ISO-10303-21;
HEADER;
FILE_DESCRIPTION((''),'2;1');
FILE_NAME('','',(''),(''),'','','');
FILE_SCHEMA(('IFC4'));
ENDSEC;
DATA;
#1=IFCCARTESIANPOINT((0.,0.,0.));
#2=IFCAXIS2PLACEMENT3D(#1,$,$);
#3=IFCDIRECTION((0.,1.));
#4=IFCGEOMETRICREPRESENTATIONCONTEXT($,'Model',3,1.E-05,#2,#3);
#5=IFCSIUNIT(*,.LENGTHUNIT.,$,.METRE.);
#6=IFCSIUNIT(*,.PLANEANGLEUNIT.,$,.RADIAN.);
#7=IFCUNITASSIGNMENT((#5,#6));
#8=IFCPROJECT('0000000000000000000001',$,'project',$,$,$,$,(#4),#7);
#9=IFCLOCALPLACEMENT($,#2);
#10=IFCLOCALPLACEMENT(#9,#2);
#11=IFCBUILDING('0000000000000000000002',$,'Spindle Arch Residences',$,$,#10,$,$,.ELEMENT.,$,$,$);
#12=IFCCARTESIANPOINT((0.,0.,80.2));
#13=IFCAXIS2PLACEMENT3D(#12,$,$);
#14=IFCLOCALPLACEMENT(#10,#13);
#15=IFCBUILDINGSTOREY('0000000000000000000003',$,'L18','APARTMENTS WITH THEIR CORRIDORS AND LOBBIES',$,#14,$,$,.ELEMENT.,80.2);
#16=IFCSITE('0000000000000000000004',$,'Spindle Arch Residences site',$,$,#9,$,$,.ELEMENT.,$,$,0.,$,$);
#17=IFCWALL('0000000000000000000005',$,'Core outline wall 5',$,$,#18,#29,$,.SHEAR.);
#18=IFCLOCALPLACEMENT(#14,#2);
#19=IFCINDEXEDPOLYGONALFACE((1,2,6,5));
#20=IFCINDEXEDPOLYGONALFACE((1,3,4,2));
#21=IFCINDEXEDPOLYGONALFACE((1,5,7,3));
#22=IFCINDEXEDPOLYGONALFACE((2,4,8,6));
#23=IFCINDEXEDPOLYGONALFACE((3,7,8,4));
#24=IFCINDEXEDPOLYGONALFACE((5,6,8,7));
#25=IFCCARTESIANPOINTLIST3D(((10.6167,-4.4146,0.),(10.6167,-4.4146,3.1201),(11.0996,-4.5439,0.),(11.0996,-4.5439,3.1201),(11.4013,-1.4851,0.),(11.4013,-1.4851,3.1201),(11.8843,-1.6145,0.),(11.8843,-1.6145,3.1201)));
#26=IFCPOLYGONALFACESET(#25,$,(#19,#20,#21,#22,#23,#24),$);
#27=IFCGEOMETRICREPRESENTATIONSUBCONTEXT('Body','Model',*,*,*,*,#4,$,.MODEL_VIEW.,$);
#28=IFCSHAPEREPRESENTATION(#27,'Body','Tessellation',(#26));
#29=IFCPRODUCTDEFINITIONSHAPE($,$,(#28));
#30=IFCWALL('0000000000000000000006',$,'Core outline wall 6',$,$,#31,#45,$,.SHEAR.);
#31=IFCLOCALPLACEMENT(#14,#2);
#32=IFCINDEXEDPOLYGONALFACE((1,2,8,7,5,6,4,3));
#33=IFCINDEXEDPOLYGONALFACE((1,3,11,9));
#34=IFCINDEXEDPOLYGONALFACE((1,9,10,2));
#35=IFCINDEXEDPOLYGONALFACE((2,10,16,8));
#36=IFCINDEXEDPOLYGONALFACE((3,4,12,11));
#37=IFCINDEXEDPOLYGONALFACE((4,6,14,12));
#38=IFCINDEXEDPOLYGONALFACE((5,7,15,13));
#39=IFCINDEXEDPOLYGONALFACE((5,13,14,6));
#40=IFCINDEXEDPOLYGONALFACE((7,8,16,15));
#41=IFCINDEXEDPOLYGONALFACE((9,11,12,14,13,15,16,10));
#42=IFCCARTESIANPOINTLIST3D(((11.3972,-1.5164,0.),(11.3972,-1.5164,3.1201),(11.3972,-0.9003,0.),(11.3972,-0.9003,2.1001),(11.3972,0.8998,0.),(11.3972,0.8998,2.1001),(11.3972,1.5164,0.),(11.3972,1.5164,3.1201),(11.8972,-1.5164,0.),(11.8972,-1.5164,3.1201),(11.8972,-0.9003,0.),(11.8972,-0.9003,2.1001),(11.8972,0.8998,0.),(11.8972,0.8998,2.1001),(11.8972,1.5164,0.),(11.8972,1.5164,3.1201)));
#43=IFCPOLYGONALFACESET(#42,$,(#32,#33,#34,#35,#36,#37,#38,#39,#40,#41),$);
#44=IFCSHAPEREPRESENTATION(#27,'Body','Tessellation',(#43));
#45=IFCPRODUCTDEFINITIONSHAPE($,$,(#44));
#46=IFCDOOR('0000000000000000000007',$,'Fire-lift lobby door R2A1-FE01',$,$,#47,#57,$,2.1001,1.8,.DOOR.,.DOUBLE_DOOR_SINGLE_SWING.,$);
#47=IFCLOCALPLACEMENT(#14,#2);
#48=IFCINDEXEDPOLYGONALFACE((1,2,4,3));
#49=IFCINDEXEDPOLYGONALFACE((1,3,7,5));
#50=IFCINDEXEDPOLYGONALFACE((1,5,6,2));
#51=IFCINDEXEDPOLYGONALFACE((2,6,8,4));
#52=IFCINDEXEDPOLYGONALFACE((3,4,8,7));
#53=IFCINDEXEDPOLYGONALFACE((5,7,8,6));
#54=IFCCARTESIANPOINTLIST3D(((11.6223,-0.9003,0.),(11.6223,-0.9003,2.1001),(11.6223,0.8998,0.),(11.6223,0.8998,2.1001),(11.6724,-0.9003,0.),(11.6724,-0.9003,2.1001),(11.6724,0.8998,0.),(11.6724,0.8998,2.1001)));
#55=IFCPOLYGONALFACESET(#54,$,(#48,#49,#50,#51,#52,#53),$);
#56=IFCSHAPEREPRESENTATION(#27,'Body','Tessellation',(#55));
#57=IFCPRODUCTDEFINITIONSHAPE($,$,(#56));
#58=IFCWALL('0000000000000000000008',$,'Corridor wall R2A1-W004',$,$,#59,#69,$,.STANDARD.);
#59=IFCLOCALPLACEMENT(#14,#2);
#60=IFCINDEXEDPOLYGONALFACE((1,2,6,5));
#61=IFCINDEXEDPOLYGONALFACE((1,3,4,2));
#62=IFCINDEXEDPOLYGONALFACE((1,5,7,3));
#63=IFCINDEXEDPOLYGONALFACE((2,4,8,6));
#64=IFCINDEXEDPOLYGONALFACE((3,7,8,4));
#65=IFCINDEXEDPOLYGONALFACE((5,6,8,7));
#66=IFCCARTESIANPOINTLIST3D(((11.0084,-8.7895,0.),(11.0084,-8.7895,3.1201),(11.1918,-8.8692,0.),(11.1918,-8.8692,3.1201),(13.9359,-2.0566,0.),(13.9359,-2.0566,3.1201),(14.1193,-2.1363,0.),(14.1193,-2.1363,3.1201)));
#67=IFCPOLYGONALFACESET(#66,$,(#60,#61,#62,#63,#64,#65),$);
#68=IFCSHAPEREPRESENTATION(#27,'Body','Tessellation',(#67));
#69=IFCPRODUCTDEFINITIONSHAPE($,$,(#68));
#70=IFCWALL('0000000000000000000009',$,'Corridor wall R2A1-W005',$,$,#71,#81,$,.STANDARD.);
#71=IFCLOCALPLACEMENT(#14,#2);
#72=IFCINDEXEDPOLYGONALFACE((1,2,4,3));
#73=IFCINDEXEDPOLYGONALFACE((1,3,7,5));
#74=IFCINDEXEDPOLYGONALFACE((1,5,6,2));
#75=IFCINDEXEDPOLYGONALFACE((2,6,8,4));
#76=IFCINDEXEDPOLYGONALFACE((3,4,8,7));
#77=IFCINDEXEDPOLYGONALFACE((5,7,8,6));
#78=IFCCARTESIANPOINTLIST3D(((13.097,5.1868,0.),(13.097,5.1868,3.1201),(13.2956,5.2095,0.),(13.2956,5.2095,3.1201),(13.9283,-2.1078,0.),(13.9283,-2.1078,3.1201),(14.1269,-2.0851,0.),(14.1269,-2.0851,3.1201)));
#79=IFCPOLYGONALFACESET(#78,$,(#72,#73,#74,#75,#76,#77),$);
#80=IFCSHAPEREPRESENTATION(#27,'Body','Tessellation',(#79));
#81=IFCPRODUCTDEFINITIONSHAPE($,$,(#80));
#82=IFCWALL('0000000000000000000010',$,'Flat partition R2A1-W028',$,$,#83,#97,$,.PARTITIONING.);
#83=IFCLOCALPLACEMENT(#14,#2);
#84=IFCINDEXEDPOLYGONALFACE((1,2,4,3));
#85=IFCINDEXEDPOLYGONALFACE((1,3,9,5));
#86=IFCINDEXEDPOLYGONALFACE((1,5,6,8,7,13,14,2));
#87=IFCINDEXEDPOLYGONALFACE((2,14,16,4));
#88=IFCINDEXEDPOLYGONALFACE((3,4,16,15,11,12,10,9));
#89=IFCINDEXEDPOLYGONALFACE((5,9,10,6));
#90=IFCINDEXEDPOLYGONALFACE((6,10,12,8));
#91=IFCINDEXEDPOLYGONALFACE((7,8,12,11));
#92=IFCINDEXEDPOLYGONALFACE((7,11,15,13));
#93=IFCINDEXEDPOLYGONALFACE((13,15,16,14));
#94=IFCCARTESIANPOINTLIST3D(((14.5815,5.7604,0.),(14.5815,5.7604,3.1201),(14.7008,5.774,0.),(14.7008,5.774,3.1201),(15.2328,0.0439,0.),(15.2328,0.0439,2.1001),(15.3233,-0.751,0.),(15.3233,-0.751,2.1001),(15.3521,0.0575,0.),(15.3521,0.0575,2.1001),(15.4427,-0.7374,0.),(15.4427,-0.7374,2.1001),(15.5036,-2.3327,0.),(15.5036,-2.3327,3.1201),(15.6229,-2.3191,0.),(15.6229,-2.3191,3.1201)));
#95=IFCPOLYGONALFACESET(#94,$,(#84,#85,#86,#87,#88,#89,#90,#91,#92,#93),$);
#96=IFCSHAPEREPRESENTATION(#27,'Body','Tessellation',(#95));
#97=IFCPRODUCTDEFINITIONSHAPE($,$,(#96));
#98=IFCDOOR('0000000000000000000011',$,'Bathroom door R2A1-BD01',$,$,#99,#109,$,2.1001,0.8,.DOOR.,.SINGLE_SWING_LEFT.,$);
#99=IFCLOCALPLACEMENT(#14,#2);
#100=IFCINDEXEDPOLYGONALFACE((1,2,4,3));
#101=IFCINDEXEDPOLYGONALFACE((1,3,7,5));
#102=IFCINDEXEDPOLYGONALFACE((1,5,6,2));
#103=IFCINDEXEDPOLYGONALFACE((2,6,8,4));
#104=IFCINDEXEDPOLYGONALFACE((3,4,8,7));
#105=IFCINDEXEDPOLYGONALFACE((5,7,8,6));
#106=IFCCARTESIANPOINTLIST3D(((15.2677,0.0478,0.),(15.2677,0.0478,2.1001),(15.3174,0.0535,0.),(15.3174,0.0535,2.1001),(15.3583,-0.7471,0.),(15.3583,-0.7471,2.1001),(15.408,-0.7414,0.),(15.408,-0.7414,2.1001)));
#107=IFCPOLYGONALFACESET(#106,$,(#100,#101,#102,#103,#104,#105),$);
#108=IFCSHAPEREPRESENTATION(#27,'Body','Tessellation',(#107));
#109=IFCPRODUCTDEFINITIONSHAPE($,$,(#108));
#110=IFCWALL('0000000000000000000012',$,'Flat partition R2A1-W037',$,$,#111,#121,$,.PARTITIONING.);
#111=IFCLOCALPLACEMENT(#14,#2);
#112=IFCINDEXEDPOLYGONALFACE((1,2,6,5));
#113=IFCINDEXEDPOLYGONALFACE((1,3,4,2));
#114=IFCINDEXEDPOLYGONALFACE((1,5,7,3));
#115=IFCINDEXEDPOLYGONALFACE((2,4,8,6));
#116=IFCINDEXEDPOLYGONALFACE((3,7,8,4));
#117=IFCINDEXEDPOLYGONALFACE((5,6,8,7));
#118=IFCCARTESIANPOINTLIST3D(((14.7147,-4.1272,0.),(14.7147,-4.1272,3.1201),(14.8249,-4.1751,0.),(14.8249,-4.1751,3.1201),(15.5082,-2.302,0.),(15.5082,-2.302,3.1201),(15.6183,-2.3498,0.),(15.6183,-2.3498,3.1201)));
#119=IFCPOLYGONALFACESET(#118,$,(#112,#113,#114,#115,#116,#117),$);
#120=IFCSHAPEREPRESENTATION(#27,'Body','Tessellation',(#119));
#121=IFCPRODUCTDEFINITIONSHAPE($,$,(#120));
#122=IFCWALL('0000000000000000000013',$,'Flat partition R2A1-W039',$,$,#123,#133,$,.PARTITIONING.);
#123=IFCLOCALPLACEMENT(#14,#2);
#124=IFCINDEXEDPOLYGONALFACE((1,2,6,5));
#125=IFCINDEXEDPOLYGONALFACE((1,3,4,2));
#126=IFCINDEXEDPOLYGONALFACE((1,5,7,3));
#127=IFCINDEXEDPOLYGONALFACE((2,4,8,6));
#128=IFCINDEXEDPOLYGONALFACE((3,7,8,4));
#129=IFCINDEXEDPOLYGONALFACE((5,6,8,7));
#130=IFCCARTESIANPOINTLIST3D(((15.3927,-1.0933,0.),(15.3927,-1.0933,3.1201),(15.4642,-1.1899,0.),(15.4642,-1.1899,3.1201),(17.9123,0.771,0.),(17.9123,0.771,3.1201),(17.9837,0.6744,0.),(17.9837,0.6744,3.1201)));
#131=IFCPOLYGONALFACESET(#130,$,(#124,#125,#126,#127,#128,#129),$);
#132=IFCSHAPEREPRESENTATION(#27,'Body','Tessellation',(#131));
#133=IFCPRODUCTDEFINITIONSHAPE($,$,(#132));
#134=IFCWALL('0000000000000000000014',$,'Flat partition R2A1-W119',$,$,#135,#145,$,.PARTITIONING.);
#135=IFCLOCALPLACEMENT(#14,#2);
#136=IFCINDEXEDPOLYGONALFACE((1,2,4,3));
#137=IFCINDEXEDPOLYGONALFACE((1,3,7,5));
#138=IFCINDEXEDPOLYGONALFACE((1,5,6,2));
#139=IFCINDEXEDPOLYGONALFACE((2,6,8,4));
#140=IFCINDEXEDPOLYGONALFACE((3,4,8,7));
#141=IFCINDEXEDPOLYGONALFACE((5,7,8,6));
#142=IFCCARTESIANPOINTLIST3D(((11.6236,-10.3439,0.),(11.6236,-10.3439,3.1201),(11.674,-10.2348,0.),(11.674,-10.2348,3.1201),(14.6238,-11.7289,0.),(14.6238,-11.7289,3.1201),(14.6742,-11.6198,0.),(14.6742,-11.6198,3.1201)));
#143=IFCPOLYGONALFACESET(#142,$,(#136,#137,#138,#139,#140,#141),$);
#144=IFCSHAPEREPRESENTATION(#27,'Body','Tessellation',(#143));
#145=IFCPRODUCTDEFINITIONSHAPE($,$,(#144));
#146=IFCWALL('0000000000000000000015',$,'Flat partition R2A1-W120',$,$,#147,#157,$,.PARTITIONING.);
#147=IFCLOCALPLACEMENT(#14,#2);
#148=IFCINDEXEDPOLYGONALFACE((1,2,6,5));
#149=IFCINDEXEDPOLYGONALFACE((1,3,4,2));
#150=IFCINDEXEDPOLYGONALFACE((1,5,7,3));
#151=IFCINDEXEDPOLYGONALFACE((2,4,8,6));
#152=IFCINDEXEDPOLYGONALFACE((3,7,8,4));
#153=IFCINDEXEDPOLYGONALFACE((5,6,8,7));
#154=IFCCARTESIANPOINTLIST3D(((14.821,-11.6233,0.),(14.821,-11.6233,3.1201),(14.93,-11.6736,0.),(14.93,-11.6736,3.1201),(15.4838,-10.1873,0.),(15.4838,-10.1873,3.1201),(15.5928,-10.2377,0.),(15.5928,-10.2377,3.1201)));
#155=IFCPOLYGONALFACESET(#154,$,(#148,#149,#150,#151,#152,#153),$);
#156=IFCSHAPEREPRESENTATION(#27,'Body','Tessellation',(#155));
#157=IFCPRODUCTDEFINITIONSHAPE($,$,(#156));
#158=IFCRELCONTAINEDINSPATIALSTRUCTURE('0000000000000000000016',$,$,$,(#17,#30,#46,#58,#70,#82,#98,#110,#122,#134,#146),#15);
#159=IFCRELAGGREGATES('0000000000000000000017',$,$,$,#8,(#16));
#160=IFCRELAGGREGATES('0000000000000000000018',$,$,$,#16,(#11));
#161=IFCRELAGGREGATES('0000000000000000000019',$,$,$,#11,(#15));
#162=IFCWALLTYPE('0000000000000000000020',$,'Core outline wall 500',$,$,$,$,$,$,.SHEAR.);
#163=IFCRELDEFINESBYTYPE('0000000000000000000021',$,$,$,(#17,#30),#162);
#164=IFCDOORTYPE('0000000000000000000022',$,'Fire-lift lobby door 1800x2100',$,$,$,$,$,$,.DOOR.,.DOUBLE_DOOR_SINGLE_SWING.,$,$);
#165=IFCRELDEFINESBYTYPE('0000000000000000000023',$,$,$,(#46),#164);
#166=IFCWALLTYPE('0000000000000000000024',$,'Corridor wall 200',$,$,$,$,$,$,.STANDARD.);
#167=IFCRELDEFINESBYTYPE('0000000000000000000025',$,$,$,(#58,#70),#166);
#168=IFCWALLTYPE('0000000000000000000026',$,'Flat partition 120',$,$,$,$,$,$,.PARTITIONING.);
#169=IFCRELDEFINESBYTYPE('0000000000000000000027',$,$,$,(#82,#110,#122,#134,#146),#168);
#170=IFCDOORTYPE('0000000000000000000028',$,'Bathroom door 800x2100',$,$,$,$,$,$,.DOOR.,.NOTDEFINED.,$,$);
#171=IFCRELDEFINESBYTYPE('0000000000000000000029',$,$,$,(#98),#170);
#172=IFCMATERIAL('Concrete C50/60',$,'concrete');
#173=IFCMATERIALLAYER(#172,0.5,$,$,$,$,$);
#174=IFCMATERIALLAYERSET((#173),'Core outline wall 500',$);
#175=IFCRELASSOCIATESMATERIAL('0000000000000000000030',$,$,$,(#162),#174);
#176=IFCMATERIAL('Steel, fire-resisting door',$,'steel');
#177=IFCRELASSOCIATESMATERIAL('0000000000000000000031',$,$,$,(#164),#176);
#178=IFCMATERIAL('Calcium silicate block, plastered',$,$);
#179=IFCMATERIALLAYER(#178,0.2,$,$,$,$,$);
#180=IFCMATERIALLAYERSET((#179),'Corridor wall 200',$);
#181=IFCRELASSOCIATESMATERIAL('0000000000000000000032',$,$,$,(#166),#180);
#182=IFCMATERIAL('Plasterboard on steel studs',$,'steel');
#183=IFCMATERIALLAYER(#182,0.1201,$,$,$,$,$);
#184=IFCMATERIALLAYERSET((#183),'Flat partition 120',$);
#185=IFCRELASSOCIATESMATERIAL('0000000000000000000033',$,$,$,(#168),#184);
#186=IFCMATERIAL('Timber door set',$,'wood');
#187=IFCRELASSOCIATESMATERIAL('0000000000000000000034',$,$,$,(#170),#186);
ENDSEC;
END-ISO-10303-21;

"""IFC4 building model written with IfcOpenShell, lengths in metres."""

from ifc_helpers import new_model, si_unit, direction, frame, frame_2d, origin, place, context, subcontext, project, spatial, rectangle, extrude, material, layer, layer_set, type_object, element, fill, save


model = new_model("IFC4")

# Units and contexts
model_context = context("Model", 3, precision=1e-05, world=origin(), true_north=direction((0.0, 1.0)))
body_context = subcontext(model_context, "Body", "Model", "MODEL_VIEW")
ifc_project = project(units=[si_unit("LENGTHUNIT", "METRE"), si_unit("PLANEANGLEUNIT", "RADIAN")], contexts=[model_context])

# Site, building, storey
site_placement = place(None, origin())
site = spatial("IfcSite", under=ifc_project, at=site_placement, Name="Spindle Arch Residences site", CompositionType="ELEMENT", RefElevation=0.0)
building_placement = place(site_placement, origin())
building = spatial("IfcBuilding", under=site, at=building_placement, Name="Spindle Arch Residences", CompositionType="ELEMENT")
storey_placement = place(building_placement, frame((0.0, 0.0, 80.2)))
storey = spatial("IfcBuildingStorey", under=building, at=storey_placement, Name="L18", Description="APARTMENTS WITH THEIR CORRIDORS AND LOBBIES", CompositionType="ELEMENT", Elevation=80.2)

# Wall
ifc_material_1 = material(Name="Concrete C50/60", Category="concrete")
ifc_layer_1 = layer(ifc_material_1, 0.5)
ifc_layer_set_1 = layer_set([ifc_layer_1], Name="Core outline wall 500")
wall_type_1 = type_object("IfcWallType", Name="Core outline wall 500", PredefinedType="SHEAR", material=ifc_layer_set_1)
wall_1_placement = place(storey_placement, frame((10.8582, -4.4792, 0.0), z_axis=(0.0, 0.0, 1.0), x_axis=(0.258735, 0.965948, 0.0)))
element("IfcWall", 1, at=wall_1_placement, inside=storey, type_object=wall_type_1, Name="Core outline wall 5", PredefinedType="SHEAR", context=body_context, shape_type="SweptSolid", body=[
    extrude(rectangle(XDim=3.0327, YDim=0.5, at=frame_2d((1.5164, 0.0))), origin(), (0.0, 0.0, 1.0), 3.1201),
])

# Wall, opening, door
wall_2_placement = place(storey_placement, frame((11.6472, -1.5164, 0.0), z_axis=(0.0, 0.0, 1.0), x_axis=(0.0, 1.0, 0.0)))
wall_2 = element("IfcWall", 2, at=wall_2_placement, inside=storey, type_object=wall_type_1, Name="Core outline wall 6", PredefinedType="SHEAR", context=body_context, shape_type="SweptSolid", body=[
    extrude(rectangle(XDim=3.0327, YDim=0.5, at=frame_2d((1.5164, 0.0))), origin(), (0.0, 0.0, 1.0), 3.1201),
])
opening_1_placement = place(wall_2_placement, frame((0.6162, 0.0, 0.0)))
opening_1 = element("IfcOpeningElement", 3, at=opening_1_placement, cuts=wall_2, PredefinedType="OPENING", context=body_context, shape_type="SweptSolid", body=[
    extrude(rectangle(XDim=1.8, YDim=2.1001, at=frame_2d((0.8999, 1.05))), frame((0.0, 0.26, 0.0), z_axis=(0.0, -1.0, 0.0), x_axis=(1.0, 0.0, 0.0)), (0.0, 0.0, 1.0), 0.52),
])
ifc_material_2 = material(Name="Steel, fire-resisting door", Category="steel")
door_type_1 = type_object("IfcDoorType", Name="Fire-lift lobby door 1800x2100", OperationType="DOUBLE_DOOR_SINGLE_SWING", PredefinedType="DOOR", material=ifc_material_2)
door_1_placement = place(opening_1_placement, origin())
door_1 = element("IfcDoor", 4, at=door_1_placement, inside=storey, type_object=door_type_1, Name="Fire-lift lobby door R2A1-FE01", OperationType="DOUBLE_DOOR_SINGLE_SWING", OverallHeight=2.1001, OverallWidth=1.8, PredefinedType="DOOR", context=body_context, shape_type="SweptSolid", body=[
    extrude(rectangle(XDim=1.8, YDim=2.1001, at=frame_2d((0.8999, 1.05))), frame((0.0, 0.0249, 0.0), z_axis=(0.0, -1.0, 0.0), x_axis=(1.0, 0.0, 0.0)), (0.0, 0.0, 1.0), 0.05),
])
fill(opening_1, door_1)

# Walls
ifc_material_3 = material(Name="Calcium silicate block, plastered")
ifc_layer_2 = layer(ifc_material_3, 0.2)
ifc_layer_set_2 = layer_set([ifc_layer_2], Name="Corridor wall 200")
wall_type_2 = type_object("IfcWallType", Name="Corridor wall 200", PredefinedType="STANDARD", material=ifc_layer_set_2)
for number, where, z_axis, x_axis, name in (
    (5, (11.1001, -8.8293, 0.0), (0.0, 0.0, 1.0), (0.398742, 0.917063, 0.0), "Corridor wall R2A1-W004"),
    (6, (14.0276, -2.0964, 0.0), (0.0, 0.0, 1.0), (-0.113227, 0.993569, 0.0), "Corridor wall R2A1-W005"),
):
    element("IfcWall", number, at=place(storey_placement, frame(where, z_axis=z_axis, x_axis=x_axis)), inside=storey, type_object=wall_type_2, Name=name, PredefinedType="STANDARD", context=body_context, shape_type="SweptSolid", body=[
        extrude(rectangle(XDim=7.3418, YDim=0.2, at=frame_2d((3.6709, 0.0))), origin(), (0.0, 0.0, 1.0), 3.1201),
    ])

# Wall, opening, door
ifc_material_4 = material(Name="Plasterboard on steel studs", Category="steel")
ifc_layer_3 = layer(ifc_material_4, 0.1201)
ifc_layer_set_3 = layer_set([ifc_layer_3], Name="Flat partition 120")
wall_type_3 = type_object("IfcWallType", Name="Flat partition 120", PredefinedType="PARTITIONING", material=ifc_layer_set_3)
wall_3_placement = place(storey_placement, frame((15.5632, -2.3259, 0.0), z_axis=(0.0, 0.0, 1.0), x_axis=(-0.113204, 0.993572, 0.0)))
wall_3 = element("IfcWall", 7, at=wall_3_placement, inside=storey, type_object=wall_type_3, Name="Flat partition R2A1-W028", PredefinedType="PARTITIONING", context=body_context, shape_type="SweptSolid", body=[
    extrude(rectangle(XDim=8.1455, YDim=0.1201, at=frame_2d((4.0728, 0.0))), origin(), (0.0, 0.0, 1.0), 3.1201),
])
opening_2_placement = place(wall_3_placement, frame((1.592, 0.0, 0.0)))
opening_2 = element("IfcOpeningElement", 8, at=opening_2_placement, cuts=wall_3, PredefinedType="OPENING", context=body_context, shape_type="SweptSolid", body=[
    extrude(rectangle(XDim=0.8, YDim=2.1001, at=frame_2d((0.3999, 1.05))), frame((0.0, 0.0701, 0.0), z_axis=(0.0, -1.0, 0.0), x_axis=(1.0, 0.0, 0.0)), (0.0, 0.0, 1.0), 0.1401),
])
ifc_material_5 = material(Name="Timber door set", Category="wood")
door_type_2 = type_object("IfcDoorType", Name="Bathroom door 800x2100", OperationType="NOTDEFINED", PredefinedType="DOOR", material=ifc_material_5)
door_2_placement = place(opening_2_placement, origin())
door_2 = element("IfcDoor", 9, at=door_2_placement, inside=storey, type_object=door_type_2, Name="Bathroom door R2A1-BD01", OperationType="SINGLE_SWING_LEFT", OverallHeight=2.1001, OverallWidth=0.8, PredefinedType="DOOR", context=body_context, shape_type="SweptSolid", body=[
    extrude(rectangle(XDim=0.8, YDim=2.1001, at=frame_2d((0.3999, 1.05))), frame((0.0, 0.0249, 0.0), z_axis=(0.0, -1.0, 0.0), x_axis=(1.0, 0.0, 0.0)), (0.0, 0.0, 1.0), 0.05),
])
fill(opening_2, door_2)

# Walls
wall_4_placement = place(storey_placement, frame((14.7698, -4.1511, 0.0), z_axis=(0.0, 0.0, 1.0), x_axis=(0.398681, 0.91709, 0.0)))
element("IfcWall", 10, at=wall_4_placement, inside=storey, type_object=wall_type_3, Name="Flat partition R2A1-W037", PredefinedType="PARTITIONING", context=body_context, shape_type="SweptSolid", body=[
    extrude(rectangle(XDim=1.9902, YDim=0.1201, at=frame_2d((0.9951, 0.0))), origin(), (0.0, 0.0, 1.0), 3.1201),
])
wall_5_placement = place(storey_placement, frame((15.4285, -1.1416, 0.0), z_axis=(0.0, 0.0, 1.0), x_axis=(0.803872, 0.594803, 0.0)))
element("IfcWall", 11, at=wall_5_placement, inside=storey, type_object=wall_type_3, Name="Flat partition R2A1-W039", PredefinedType="PARTITIONING", context=body_context, shape_type="SweptSolid", body=[
    extrude(rectangle(XDim=3.1343, YDim=0.1201, at=frame_2d((1.5671, 0.0))), origin(), (0.0, 0.0, 1.0), 3.1201),
])
wall_6_placement = place(storey_placement, frame((11.6487, -10.2893, 0.0), z_axis=(0.0, 0.0, 1.0), x_axis=(0.907927, -0.419128, 0.0)))
element("IfcWall", 12, at=wall_6_placement, inside=storey, type_object=wall_type_3, Name="Flat partition R2A1-W119", PredefinedType="PARTITIONING", context=body_context, shape_type="SweptSolid", body=[
    extrude(rectangle(XDim=3.3044, YDim=0.1201, at=frame_2d((1.6523, 0.0))), origin(), (0.0, 0.0, 1.0), 3.1201),
])
wall_7_placement = place(storey_placement, frame((14.8755, -11.6484, 0.0), z_axis=(0.0, 0.0, 1.0), x_axis=(0.419088, 0.907946, 0.0)))
element("IfcWall", 13, at=wall_7_placement, inside=storey, type_object=wall_type_3, Name="Flat partition R2A1-W120", PredefinedType="PARTITIONING", context=body_context, shape_type="SweptSolid", body=[
    extrude(rectangle(XDim=1.5815, YDim=0.1201, at=frame_2d((0.7908, 0.0))), origin(), (0.0, 0.0, 1.0), 3.1201),
])

save(model, "model.ifc")
